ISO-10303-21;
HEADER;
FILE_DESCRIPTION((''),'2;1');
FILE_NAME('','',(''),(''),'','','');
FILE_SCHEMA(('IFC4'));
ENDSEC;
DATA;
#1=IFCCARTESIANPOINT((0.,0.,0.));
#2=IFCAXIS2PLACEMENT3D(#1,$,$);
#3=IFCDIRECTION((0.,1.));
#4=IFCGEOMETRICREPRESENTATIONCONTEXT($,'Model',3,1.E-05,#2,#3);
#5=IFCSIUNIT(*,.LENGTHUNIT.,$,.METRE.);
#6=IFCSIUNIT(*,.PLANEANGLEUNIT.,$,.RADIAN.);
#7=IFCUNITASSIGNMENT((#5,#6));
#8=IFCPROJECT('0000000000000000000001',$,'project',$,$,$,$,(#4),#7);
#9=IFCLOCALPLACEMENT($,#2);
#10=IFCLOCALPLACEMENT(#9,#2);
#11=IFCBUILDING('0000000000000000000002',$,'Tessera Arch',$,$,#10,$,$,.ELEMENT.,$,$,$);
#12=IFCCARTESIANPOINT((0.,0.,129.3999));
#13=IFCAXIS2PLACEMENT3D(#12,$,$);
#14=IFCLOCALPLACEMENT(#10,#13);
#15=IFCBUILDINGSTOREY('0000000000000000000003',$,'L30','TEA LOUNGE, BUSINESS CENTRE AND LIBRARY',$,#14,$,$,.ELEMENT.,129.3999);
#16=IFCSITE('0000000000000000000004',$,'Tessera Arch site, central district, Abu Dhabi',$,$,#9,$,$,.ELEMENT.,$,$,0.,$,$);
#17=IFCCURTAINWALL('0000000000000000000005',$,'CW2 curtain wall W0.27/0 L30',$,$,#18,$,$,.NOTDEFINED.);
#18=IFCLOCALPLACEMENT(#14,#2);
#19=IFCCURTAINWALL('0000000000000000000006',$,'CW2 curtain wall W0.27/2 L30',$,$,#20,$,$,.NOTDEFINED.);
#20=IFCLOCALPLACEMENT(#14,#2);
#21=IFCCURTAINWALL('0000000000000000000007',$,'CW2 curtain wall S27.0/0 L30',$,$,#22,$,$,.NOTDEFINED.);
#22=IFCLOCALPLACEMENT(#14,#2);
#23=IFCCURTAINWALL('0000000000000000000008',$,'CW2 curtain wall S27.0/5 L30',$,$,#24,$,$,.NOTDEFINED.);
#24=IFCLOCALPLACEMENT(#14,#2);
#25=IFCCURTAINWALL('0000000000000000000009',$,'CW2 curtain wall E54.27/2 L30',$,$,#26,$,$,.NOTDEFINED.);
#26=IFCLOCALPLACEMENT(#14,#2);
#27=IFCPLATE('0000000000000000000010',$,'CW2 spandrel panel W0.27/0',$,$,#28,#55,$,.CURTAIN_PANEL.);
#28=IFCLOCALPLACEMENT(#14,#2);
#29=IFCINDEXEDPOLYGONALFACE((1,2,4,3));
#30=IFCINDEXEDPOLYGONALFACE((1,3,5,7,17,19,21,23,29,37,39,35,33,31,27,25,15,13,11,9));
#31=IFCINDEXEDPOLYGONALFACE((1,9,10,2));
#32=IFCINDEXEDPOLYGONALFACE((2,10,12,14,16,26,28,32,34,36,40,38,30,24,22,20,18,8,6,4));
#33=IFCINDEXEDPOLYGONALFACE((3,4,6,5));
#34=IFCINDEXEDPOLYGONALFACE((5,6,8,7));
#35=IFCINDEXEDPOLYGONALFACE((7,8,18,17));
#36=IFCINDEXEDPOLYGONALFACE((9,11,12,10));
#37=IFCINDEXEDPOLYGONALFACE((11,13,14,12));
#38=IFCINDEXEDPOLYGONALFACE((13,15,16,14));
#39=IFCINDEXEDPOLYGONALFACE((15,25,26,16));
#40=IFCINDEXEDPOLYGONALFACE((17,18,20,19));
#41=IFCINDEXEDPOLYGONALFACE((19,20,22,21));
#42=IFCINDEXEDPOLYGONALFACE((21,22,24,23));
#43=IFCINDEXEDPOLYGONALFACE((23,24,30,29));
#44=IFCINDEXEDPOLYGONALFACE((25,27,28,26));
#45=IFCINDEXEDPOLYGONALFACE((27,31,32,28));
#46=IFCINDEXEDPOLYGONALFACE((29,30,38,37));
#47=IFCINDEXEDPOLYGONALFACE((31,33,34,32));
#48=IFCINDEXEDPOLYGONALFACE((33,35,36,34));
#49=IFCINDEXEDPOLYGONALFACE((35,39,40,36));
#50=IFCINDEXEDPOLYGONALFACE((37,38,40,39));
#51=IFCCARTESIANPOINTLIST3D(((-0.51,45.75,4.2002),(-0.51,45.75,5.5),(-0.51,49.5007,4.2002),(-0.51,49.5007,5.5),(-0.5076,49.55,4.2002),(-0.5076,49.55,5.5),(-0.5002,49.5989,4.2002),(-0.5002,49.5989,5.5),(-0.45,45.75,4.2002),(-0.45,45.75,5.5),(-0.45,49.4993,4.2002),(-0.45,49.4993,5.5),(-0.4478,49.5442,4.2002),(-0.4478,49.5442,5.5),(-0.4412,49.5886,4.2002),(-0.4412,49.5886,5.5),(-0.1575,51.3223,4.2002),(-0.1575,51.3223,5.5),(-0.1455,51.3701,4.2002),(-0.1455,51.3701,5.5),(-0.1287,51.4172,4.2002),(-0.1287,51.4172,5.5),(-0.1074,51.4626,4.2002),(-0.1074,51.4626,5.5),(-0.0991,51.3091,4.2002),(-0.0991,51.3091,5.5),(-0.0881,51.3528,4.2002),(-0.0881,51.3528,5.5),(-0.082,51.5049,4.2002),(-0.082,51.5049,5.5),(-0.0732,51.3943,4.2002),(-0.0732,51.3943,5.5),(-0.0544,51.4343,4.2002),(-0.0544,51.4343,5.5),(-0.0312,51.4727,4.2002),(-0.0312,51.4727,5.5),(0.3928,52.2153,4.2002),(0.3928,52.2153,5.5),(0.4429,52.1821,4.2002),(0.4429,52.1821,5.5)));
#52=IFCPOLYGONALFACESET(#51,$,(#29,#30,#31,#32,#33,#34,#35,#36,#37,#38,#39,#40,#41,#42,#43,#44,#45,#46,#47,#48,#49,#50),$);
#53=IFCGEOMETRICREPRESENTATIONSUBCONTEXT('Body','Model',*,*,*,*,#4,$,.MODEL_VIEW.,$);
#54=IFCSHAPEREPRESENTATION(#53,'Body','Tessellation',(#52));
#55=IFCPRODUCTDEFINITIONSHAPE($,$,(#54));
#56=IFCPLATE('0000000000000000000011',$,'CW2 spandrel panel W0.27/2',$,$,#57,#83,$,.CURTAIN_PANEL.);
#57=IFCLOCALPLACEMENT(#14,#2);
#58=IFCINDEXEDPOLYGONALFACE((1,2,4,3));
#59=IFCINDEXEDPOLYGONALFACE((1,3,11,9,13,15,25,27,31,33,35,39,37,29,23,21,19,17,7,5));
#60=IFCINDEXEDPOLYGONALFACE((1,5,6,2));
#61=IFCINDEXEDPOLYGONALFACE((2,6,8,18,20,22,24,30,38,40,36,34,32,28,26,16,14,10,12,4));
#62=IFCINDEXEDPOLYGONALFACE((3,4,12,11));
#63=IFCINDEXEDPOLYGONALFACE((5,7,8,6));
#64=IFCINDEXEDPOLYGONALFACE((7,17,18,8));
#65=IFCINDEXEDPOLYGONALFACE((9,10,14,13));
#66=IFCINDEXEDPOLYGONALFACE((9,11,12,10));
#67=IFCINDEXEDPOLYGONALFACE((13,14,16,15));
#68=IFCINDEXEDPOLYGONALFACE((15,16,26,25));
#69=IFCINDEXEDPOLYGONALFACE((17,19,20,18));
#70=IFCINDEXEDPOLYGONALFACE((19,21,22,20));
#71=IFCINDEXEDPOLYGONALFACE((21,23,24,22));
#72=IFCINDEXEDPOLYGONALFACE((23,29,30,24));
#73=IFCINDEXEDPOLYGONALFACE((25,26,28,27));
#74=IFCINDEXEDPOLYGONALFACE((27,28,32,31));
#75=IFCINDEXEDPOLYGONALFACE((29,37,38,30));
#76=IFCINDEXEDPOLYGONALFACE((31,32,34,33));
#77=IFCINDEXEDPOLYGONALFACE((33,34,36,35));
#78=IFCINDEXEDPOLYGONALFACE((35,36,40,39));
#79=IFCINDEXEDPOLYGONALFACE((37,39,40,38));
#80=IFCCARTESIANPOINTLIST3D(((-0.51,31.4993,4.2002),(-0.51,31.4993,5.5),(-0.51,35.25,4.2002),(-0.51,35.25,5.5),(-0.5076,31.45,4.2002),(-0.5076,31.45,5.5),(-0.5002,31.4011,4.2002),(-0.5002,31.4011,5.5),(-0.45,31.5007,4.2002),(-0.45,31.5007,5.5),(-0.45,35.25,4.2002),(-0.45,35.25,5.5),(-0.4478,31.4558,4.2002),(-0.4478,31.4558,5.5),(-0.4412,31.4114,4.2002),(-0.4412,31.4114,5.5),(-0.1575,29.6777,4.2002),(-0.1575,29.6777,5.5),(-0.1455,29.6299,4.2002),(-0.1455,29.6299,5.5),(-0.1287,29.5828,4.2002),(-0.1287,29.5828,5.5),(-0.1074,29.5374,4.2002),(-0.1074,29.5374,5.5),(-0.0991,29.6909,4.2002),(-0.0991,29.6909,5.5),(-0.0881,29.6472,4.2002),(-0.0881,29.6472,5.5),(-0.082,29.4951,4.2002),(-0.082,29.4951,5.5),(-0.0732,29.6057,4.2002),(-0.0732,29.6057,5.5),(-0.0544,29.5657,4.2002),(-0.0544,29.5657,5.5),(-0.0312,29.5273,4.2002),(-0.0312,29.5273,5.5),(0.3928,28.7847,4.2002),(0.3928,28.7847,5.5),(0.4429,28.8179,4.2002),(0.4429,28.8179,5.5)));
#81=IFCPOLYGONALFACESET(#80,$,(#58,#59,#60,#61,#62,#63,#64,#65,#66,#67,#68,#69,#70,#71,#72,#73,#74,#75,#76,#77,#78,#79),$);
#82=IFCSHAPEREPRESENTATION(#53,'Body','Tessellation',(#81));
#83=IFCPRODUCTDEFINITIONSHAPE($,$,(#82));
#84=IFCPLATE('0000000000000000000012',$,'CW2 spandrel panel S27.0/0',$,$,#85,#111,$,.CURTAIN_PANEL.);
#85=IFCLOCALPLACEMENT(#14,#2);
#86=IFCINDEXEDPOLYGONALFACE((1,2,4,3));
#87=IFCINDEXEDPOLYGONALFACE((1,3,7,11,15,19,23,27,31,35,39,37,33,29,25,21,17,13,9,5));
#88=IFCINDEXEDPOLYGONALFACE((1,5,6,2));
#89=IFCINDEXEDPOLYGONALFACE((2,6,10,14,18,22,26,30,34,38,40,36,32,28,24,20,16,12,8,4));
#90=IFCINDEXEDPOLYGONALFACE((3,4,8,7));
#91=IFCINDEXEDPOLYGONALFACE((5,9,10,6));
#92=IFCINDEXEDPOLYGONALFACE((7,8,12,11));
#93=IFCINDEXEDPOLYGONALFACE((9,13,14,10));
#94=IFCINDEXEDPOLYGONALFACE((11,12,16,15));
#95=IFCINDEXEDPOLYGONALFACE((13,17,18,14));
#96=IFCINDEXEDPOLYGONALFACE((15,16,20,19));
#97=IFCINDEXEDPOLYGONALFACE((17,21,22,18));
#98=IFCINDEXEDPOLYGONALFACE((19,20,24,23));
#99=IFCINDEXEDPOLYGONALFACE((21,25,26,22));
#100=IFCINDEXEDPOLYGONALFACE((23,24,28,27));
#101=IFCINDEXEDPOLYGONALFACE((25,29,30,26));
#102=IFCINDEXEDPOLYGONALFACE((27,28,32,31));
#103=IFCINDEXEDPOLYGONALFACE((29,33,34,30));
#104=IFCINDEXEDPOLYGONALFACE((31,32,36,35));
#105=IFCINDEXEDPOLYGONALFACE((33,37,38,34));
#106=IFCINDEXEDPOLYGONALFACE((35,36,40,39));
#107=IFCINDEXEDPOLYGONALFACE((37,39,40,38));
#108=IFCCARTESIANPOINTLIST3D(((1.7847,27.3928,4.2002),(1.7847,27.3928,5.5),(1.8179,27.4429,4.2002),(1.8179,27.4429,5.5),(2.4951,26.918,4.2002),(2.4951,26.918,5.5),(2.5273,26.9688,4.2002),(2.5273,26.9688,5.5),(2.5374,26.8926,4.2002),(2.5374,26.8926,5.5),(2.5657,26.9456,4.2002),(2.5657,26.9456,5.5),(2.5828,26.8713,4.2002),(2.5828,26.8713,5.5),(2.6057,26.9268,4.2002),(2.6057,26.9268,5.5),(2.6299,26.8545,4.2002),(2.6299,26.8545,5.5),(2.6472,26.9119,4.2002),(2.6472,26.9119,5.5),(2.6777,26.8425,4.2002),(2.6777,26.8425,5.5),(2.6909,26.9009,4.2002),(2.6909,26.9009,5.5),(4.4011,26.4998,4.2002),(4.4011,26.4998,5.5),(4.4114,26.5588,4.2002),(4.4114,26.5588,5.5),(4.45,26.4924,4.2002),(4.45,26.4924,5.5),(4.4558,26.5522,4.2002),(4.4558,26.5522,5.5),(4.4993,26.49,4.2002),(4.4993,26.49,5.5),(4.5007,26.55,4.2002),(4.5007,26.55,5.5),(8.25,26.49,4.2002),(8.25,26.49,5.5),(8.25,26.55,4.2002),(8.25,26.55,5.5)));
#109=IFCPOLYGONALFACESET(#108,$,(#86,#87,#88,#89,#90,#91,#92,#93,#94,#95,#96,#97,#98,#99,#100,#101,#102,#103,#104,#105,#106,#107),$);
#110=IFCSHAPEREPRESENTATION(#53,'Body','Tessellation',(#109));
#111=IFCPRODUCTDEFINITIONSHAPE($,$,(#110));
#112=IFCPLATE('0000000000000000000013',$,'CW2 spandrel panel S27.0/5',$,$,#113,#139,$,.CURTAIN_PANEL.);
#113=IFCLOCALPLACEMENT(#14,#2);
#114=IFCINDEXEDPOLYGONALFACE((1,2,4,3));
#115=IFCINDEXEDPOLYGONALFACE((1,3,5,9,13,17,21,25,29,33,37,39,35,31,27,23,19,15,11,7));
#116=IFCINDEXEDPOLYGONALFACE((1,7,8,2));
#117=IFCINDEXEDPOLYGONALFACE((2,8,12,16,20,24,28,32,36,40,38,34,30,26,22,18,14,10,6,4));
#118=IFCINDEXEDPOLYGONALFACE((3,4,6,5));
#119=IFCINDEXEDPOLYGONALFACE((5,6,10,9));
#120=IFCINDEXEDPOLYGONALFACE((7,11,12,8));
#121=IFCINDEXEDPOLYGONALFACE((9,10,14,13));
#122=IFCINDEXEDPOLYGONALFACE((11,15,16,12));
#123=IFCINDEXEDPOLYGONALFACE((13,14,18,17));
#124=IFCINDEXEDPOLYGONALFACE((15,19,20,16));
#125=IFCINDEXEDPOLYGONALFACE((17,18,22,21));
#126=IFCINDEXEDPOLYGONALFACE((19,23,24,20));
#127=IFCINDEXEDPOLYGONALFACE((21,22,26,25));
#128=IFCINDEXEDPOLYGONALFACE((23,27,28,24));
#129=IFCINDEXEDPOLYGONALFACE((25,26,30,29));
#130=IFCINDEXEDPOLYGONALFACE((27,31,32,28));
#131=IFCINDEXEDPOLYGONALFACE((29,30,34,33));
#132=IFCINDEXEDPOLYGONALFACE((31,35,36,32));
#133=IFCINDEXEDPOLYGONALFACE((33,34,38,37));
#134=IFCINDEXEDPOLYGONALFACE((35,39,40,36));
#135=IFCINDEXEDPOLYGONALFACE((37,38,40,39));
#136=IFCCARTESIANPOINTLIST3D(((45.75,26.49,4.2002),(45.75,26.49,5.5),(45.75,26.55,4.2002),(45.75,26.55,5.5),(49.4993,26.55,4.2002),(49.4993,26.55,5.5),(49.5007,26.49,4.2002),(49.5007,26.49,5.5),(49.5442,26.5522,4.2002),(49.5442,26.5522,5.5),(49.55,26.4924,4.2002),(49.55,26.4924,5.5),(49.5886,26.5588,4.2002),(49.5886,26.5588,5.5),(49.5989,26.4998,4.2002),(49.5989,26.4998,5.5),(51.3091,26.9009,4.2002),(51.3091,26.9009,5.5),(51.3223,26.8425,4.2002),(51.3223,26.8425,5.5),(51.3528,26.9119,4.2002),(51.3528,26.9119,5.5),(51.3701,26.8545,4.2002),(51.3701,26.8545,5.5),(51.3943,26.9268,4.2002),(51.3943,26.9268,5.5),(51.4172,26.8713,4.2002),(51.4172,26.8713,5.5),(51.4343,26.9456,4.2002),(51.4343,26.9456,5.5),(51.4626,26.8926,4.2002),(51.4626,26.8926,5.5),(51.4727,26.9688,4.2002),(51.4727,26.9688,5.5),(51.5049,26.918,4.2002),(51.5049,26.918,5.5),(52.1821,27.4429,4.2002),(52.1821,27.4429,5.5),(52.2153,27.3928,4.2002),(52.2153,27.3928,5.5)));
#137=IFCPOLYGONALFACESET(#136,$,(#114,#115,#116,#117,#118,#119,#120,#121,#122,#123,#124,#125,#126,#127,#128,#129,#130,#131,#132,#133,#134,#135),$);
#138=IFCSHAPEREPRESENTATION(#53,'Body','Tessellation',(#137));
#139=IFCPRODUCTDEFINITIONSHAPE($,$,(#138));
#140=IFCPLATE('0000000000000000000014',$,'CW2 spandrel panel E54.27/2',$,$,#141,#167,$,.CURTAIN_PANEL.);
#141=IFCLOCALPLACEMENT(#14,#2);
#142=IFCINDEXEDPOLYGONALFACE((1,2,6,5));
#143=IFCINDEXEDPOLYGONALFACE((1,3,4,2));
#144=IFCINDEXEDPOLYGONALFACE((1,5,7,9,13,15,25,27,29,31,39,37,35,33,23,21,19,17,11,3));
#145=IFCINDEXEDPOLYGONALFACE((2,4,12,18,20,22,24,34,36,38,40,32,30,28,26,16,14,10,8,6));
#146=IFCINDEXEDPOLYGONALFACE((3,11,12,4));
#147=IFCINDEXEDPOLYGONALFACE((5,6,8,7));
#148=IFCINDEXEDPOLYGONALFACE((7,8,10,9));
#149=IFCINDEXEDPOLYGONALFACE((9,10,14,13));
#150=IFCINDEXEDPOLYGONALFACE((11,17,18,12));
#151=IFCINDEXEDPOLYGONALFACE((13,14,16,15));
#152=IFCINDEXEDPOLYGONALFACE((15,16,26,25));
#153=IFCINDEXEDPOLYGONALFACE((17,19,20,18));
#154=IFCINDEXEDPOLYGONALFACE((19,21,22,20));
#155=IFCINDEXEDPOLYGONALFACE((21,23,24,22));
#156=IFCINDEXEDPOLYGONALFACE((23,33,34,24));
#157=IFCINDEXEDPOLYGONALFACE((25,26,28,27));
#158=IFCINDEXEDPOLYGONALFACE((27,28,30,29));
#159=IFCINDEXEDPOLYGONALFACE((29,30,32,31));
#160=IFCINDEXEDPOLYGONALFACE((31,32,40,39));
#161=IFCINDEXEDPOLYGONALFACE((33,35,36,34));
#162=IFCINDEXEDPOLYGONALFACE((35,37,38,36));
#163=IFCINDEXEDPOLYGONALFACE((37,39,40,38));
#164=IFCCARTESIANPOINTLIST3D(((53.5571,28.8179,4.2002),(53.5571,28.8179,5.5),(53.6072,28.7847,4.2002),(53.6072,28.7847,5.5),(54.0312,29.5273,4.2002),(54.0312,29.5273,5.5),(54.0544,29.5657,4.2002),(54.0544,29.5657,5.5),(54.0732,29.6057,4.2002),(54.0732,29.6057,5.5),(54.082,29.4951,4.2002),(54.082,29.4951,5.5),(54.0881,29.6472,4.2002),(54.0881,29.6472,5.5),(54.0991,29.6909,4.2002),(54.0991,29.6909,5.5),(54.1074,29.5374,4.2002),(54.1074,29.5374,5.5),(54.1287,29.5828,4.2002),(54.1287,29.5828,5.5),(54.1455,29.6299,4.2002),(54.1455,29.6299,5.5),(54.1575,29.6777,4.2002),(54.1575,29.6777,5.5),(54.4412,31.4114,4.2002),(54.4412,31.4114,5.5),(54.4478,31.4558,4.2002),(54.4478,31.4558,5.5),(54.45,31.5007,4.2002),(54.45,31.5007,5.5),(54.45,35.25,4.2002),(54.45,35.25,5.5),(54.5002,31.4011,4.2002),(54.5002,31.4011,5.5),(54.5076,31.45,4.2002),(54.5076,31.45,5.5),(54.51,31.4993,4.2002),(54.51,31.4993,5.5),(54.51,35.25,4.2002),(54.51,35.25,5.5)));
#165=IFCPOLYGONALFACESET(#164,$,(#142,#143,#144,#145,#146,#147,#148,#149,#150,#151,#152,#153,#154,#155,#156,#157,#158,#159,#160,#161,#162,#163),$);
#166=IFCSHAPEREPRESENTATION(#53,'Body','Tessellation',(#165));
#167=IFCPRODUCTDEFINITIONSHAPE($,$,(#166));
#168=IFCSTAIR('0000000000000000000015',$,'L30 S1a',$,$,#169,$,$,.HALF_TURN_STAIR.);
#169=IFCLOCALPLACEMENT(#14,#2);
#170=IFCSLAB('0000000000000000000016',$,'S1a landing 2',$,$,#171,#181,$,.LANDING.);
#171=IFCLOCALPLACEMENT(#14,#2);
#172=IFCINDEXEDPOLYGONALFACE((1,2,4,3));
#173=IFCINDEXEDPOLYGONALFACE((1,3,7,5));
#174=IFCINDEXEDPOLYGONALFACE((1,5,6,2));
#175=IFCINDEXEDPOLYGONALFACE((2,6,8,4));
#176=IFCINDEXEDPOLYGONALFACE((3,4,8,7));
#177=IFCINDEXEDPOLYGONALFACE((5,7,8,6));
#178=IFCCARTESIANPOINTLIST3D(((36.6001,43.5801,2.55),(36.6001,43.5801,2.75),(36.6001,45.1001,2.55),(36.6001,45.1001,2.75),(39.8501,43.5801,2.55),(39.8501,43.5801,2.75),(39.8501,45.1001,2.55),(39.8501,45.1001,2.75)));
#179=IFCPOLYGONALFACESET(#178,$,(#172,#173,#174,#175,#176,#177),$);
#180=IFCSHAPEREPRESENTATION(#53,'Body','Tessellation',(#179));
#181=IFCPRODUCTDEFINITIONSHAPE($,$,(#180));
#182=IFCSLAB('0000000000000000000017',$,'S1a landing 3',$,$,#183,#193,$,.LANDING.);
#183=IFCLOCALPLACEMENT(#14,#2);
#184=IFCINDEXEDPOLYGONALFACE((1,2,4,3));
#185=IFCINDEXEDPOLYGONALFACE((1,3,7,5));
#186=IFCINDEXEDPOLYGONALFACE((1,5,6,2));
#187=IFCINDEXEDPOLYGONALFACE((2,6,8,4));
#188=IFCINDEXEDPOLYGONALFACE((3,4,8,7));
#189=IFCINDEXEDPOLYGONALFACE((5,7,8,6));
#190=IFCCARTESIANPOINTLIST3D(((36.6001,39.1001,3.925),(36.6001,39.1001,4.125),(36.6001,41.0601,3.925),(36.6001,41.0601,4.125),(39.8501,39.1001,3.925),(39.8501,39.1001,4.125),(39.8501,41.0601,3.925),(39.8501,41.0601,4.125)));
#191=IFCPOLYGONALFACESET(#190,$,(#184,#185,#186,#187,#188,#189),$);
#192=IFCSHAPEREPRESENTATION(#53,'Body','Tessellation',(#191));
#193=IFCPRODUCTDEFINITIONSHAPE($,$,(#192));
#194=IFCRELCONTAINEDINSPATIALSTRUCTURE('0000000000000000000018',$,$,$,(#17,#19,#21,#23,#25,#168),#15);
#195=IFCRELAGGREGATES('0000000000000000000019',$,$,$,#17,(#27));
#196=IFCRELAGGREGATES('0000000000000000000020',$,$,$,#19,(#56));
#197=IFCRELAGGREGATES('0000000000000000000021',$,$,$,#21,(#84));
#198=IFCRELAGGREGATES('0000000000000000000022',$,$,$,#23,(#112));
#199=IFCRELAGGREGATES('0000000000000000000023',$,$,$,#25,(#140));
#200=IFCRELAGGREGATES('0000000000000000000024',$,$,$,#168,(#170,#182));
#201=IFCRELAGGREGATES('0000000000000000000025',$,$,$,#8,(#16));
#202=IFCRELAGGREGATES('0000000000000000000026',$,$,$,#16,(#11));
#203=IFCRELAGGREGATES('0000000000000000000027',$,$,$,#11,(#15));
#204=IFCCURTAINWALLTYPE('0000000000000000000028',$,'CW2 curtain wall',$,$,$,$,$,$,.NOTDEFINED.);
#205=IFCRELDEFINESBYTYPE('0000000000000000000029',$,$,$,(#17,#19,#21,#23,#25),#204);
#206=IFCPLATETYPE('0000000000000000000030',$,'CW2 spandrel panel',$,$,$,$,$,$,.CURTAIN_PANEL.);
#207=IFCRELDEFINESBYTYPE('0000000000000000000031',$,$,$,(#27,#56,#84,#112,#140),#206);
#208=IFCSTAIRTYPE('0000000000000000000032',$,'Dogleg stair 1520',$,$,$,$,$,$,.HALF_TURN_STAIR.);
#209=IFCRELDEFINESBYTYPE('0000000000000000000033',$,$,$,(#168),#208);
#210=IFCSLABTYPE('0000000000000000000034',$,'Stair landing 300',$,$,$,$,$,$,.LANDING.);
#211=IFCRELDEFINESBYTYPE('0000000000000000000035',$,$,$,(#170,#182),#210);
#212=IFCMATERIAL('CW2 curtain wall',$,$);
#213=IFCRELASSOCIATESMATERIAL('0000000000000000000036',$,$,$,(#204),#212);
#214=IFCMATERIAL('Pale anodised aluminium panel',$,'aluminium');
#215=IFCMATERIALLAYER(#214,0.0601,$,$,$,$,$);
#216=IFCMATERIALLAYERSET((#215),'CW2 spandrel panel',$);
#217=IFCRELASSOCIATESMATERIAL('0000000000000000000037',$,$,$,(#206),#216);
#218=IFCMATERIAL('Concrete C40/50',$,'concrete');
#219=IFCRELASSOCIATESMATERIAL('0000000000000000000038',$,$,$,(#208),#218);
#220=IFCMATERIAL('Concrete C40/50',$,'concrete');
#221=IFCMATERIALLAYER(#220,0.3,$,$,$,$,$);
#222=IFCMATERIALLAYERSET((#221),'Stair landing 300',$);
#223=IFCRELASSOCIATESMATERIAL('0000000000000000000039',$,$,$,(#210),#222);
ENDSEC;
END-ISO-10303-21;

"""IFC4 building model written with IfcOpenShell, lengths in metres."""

from ifc_helpers import new_model, si_unit, direction, frame, origin, place, context, subcontext, project, spatial, polyline, outline, extrude, material, layer, layer_set, type_object, element, aggregate, save


model = new_model("IFC4")

# Units and contexts
model_context = context("Model", 3, precision=1e-05, world=origin(), true_north=direction((0.0, 1.0)))
body_context = subcontext(model_context, "Body", "Model", "MODEL_VIEW")
ifc_project = project(units=[si_unit("LENGTHUNIT", "METRE"), si_unit("PLANEANGLEUNIT", "RADIAN")], contexts=[model_context])

# Site, building, storey
site_placement = place(None, origin())
site = spatial("IfcSite", under=ifc_project, at=site_placement, Name="Tessera Arch site, central district, Abu Dhabi", CompositionType="ELEMENT", RefElevation=0.0)
building_placement = place(site_placement, origin())
building = spatial("IfcBuilding", under=site, at=building_placement, Name="Tessera Arch", CompositionType="ELEMENT")
storey_placement = place(building_placement, frame((0.0, 0.0, 129.3999)))
storey = spatial("IfcBuildingStorey", under=building, at=storey_placement, Name="L30", Description="TEA LOUNGE, BUSINESS CENTRE AND LIBRARY", CompositionType="ELEMENT", Elevation=129.3999)

# Curtain walls
ifc_material_1 = material(Name="CW2 curtain wall")
curtain_wall_type = type_object("IfcCurtainWallType", Name="CW2 curtain wall", PredefinedType="NOTDEFINED", material=ifc_material_1)
curtain_wall_1_placement = place(storey_placement, origin())
curtain_wall_1 = element("IfcCurtainWall", 1, at=curtain_wall_1_placement, inside=storey, type_object=curtain_wall_type, Name="CW2 curtain wall W0.27/0 L30", PredefinedType="NOTDEFINED")
curtain_wall_2_placement = place(storey_placement, origin())
curtain_wall_2 = element("IfcCurtainWall", 2, at=curtain_wall_2_placement, inside=storey, type_object=curtain_wall_type, Name="CW2 curtain wall W0.27/2 L30", PredefinedType="NOTDEFINED")
curtain_wall_3_placement = place(storey_placement, origin())
curtain_wall_3 = element("IfcCurtainWall", 3, at=curtain_wall_3_placement, inside=storey, type_object=curtain_wall_type, Name="CW2 curtain wall S27.0/0 L30", PredefinedType="NOTDEFINED")
curtain_wall_4_placement = place(storey_placement, origin())
curtain_wall_4 = element("IfcCurtainWall", 4, at=curtain_wall_4_placement, inside=storey, type_object=curtain_wall_type, Name="CW2 curtain wall S27.0/5 L30", PredefinedType="NOTDEFINED")
curtain_wall_5_placement = place(storey_placement, origin())
curtain_wall_5 = element("IfcCurtainWall", 5, at=curtain_wall_5_placement, inside=storey, type_object=curtain_wall_type, Name="CW2 curtain wall E54.27/2 L30", PredefinedType="NOTDEFINED")

# Plates
ifc_material_2 = material(Name="Pale anodised aluminium panel", Category="aluminium")
ifc_layer_1 = layer(ifc_material_2, 0.0601)
ifc_layer_set_1 = layer_set([ifc_layer_1], Name="CW2 spandrel panel")
plate_type_1 = type_object("IfcPlateType", Name="CW2 spandrel panel", PredefinedType="CURTAIN_PANEL", material=ifc_layer_set_1)
plate_1_placement = place(storey_placement, frame((0.0, 0.0, 4.2002)))
plate_1 = element("IfcPlate", 6, at=plate_1_placement, type_object=plate_type_1, Name="CW2 spandrel panel W0.27/0", PredefinedType="CURTAIN_PANEL", context=body_context, shape_type="SweptSolid", body=[
    extrude(outline(polyline([(-0.0312, 51.4727), (0.4429, 52.1821), (0.3928, 52.2153), (-0.082, 51.5049), (-0.1074, 51.4626), (-0.1287, 51.4172), (-0.1455, 51.3701), (-0.1575, 51.3223), (-0.5002, 49.5989), (-0.5076, 49.55), (-0.51, 49.5007), (-0.51, 45.75), (-0.45, 45.75), (-0.45, 49.4993), (-0.4478, 49.5442), (-0.4412, 49.5886), (-0.0991, 51.3091), (-0.0881, 51.3528), (-0.0732, 51.3943), (-0.0544, 51.4343), (-0.0312, 51.4727)])), origin(), (0.0, 0.0, 1.0), 1.2998),
])
aggregate(curtain_wall_1, [plate_1])
plate_2_placement = place(storey_placement, frame((0.0, 0.0, 4.2002)))
plate_2 = element("IfcPlate", 7, at=plate_2_placement, type_object=plate_type_1, Name="CW2 spandrel panel W0.27/2", PredefinedType="CURTAIN_PANEL", context=body_context, shape_type="SweptSolid", body=[
    extrude(outline(polyline([(-0.45, 31.5007), (-0.45, 35.25), (-0.51, 35.25), (-0.51, 31.4993), (-0.5076, 31.45), (-0.5002, 31.4011), (-0.1575, 29.6777), (-0.1455, 29.6299), (-0.1287, 29.5828), (-0.1074, 29.5374), (-0.082, 29.4951), (0.3928, 28.7847), (0.4429, 28.8179), (-0.0312, 29.5273), (-0.0544, 29.5657), (-0.0732, 29.6057), (-0.0881, 29.6472), (-0.0991, 29.6909), (-0.4412, 31.4114), (-0.4478, 31.4558), (-0.45, 31.5007)])), origin(), (0.0, 0.0, 1.0), 1.2998),
])
aggregate(curtain_wall_2, [plate_2])
plate_3_placement = place(storey_placement, frame((0.0, 0.0, 4.2002)))
plate_3 = element("IfcPlate", 8, at=plate_3_placement, type_object=plate_type_1, Name="CW2 spandrel panel S27.0/0", PredefinedType="CURTAIN_PANEL", context=body_context, shape_type="SweptSolid", body=[
    extrude(outline(polyline([(2.5273, 26.9688), (1.8179, 27.4429), (1.7847, 27.3928), (2.4951, 26.918), (2.5374, 26.8926), (2.5828, 26.8713), (2.6299, 26.8545), (2.6777, 26.8425), (4.4011, 26.4998), (4.45, 26.4924), (4.4993, 26.49), (8.25, 26.49), (8.25, 26.55), (4.5007, 26.55), (4.4558, 26.5522), (4.4114, 26.5588), (2.6909, 26.9009), (2.6472, 26.9119), (2.6057, 26.9268), (2.5657, 26.9456), (2.5273, 26.9688)])), origin(), (0.0, 0.0, 1.0), 1.2998),
])
aggregate(curtain_wall_3, [plate_3])
plate_4_placement = place(storey_placement, frame((0.0, 0.0, 4.2002)))
plate_4 = element("IfcPlate", 9, at=plate_4_placement, type_object=plate_type_1, Name="CW2 spandrel panel S27.0/5", PredefinedType="CURTAIN_PANEL", context=body_context, shape_type="SweptSolid", body=[
    extrude(outline(polyline([(49.4993, 26.55), (45.75, 26.55), (45.75, 26.49), (49.5007, 26.49), (49.55, 26.4924), (49.5989, 26.4998), (51.3223, 26.8425), (51.3701, 26.8545), (51.4172, 26.8713), (51.4626, 26.8926), (51.5049, 26.918), (52.2153, 27.3928), (52.1821, 27.4429), (51.4727, 26.9688), (51.4343, 26.9456), (51.3943, 26.9268), (51.3528, 26.9119), (51.3091, 26.9009), (49.5886, 26.5588), (49.5442, 26.5522), (49.4993, 26.55)])), origin(), (0.0, 0.0, 1.0), 1.2998),
])
aggregate(curtain_wall_4, [plate_4])
plate_5_placement = place(storey_placement, frame((0.0, 0.0, 4.2002)))
plate_5 = element("IfcPlate", 10, at=plate_5_placement, type_object=plate_type_1, Name="CW2 spandrel panel E54.27/2", PredefinedType="CURTAIN_PANEL", context=body_context, shape_type="SweptSolid", body=[
    extrude(outline(polyline([(54.0312, 29.5273), (53.5571, 28.8179), (53.6072, 28.7847), (54.082, 29.4951), (54.1074, 29.5374), (54.1287, 29.5828), (54.1455, 29.6299), (54.1575, 29.6777), (54.5002, 31.4011), (54.5076, 31.45), (54.51, 31.4993), (54.51, 35.25), (54.45, 35.25), (54.45, 31.5007), (54.4478, 31.4558), (54.4412, 31.4114), (54.0991, 29.6909), (54.0881, 29.6472), (54.0732, 29.6057), (54.0544, 29.5657), (54.0312, 29.5273)])), origin(), (0.0, 0.0, 1.0), 1.2998),
])
aggregate(curtain_wall_5, [plate_5])

# Stair, slabs
ifc_material_3 = material(Name="Concrete C40/50", Category="concrete")
stair_type = type_object("IfcStairType", Name="Dogleg stair 1520", PredefinedType="HALF_TURN_STAIR", material=ifc_material_3)
stair_1_placement = place(storey_placement, origin())
stair_1 = element("IfcStair", 11, at=stair_1_placement, inside=storey, type_object=stair_type, Name="L30 S1a", PredefinedType="HALF_TURN_STAIR")
ifc_material_4 = material(Name="Concrete C40/50", Category="concrete")
ifc_layer_2 = layer(ifc_material_4, 0.3)
ifc_layer_set_2 = layer_set([ifc_layer_2], Name="Stair landing 300")
slab_type = type_object("IfcSlabType", Name="Stair landing 300", PredefinedType="LANDING", material=ifc_layer_set_2)
slab_1_placement = place(storey_placement, frame((0.0, 0.0, 2.55)))
slab_1 = element("IfcSlab", 12, at=slab_1_placement, type_object=slab_type, Name="S1a landing 2", PredefinedType="LANDING", context=body_context, shape_type="SweptSolid", body=[
    extrude(outline(polyline([(36.6001, 45.1001), (36.6001, 43.5801), (39.8501, 43.5801), (39.8501, 45.1001), (36.6001, 45.1001)])), origin(), (0.0, 0.0, 1.0), 0.2),
])
slab_2_placement = place(storey_placement, frame((0.0, 0.0, 3.925)))
slab_2 = element("IfcSlab", 13, at=slab_2_placement, type_object=slab_type, Name="S1a landing 3", PredefinedType="LANDING", context=body_context, shape_type="SweptSolid", body=[
    extrude(outline(polyline([(36.6001, 41.0601), (36.6001, 39.1001), (39.8501, 39.1001), (39.8501, 41.0601), (36.6001, 41.0601)])), origin(), (0.0, 0.0, 1.0), 0.2),
])
aggregate(stair_1, [slab_1, slab_2])

save(model, "model.ifc")
